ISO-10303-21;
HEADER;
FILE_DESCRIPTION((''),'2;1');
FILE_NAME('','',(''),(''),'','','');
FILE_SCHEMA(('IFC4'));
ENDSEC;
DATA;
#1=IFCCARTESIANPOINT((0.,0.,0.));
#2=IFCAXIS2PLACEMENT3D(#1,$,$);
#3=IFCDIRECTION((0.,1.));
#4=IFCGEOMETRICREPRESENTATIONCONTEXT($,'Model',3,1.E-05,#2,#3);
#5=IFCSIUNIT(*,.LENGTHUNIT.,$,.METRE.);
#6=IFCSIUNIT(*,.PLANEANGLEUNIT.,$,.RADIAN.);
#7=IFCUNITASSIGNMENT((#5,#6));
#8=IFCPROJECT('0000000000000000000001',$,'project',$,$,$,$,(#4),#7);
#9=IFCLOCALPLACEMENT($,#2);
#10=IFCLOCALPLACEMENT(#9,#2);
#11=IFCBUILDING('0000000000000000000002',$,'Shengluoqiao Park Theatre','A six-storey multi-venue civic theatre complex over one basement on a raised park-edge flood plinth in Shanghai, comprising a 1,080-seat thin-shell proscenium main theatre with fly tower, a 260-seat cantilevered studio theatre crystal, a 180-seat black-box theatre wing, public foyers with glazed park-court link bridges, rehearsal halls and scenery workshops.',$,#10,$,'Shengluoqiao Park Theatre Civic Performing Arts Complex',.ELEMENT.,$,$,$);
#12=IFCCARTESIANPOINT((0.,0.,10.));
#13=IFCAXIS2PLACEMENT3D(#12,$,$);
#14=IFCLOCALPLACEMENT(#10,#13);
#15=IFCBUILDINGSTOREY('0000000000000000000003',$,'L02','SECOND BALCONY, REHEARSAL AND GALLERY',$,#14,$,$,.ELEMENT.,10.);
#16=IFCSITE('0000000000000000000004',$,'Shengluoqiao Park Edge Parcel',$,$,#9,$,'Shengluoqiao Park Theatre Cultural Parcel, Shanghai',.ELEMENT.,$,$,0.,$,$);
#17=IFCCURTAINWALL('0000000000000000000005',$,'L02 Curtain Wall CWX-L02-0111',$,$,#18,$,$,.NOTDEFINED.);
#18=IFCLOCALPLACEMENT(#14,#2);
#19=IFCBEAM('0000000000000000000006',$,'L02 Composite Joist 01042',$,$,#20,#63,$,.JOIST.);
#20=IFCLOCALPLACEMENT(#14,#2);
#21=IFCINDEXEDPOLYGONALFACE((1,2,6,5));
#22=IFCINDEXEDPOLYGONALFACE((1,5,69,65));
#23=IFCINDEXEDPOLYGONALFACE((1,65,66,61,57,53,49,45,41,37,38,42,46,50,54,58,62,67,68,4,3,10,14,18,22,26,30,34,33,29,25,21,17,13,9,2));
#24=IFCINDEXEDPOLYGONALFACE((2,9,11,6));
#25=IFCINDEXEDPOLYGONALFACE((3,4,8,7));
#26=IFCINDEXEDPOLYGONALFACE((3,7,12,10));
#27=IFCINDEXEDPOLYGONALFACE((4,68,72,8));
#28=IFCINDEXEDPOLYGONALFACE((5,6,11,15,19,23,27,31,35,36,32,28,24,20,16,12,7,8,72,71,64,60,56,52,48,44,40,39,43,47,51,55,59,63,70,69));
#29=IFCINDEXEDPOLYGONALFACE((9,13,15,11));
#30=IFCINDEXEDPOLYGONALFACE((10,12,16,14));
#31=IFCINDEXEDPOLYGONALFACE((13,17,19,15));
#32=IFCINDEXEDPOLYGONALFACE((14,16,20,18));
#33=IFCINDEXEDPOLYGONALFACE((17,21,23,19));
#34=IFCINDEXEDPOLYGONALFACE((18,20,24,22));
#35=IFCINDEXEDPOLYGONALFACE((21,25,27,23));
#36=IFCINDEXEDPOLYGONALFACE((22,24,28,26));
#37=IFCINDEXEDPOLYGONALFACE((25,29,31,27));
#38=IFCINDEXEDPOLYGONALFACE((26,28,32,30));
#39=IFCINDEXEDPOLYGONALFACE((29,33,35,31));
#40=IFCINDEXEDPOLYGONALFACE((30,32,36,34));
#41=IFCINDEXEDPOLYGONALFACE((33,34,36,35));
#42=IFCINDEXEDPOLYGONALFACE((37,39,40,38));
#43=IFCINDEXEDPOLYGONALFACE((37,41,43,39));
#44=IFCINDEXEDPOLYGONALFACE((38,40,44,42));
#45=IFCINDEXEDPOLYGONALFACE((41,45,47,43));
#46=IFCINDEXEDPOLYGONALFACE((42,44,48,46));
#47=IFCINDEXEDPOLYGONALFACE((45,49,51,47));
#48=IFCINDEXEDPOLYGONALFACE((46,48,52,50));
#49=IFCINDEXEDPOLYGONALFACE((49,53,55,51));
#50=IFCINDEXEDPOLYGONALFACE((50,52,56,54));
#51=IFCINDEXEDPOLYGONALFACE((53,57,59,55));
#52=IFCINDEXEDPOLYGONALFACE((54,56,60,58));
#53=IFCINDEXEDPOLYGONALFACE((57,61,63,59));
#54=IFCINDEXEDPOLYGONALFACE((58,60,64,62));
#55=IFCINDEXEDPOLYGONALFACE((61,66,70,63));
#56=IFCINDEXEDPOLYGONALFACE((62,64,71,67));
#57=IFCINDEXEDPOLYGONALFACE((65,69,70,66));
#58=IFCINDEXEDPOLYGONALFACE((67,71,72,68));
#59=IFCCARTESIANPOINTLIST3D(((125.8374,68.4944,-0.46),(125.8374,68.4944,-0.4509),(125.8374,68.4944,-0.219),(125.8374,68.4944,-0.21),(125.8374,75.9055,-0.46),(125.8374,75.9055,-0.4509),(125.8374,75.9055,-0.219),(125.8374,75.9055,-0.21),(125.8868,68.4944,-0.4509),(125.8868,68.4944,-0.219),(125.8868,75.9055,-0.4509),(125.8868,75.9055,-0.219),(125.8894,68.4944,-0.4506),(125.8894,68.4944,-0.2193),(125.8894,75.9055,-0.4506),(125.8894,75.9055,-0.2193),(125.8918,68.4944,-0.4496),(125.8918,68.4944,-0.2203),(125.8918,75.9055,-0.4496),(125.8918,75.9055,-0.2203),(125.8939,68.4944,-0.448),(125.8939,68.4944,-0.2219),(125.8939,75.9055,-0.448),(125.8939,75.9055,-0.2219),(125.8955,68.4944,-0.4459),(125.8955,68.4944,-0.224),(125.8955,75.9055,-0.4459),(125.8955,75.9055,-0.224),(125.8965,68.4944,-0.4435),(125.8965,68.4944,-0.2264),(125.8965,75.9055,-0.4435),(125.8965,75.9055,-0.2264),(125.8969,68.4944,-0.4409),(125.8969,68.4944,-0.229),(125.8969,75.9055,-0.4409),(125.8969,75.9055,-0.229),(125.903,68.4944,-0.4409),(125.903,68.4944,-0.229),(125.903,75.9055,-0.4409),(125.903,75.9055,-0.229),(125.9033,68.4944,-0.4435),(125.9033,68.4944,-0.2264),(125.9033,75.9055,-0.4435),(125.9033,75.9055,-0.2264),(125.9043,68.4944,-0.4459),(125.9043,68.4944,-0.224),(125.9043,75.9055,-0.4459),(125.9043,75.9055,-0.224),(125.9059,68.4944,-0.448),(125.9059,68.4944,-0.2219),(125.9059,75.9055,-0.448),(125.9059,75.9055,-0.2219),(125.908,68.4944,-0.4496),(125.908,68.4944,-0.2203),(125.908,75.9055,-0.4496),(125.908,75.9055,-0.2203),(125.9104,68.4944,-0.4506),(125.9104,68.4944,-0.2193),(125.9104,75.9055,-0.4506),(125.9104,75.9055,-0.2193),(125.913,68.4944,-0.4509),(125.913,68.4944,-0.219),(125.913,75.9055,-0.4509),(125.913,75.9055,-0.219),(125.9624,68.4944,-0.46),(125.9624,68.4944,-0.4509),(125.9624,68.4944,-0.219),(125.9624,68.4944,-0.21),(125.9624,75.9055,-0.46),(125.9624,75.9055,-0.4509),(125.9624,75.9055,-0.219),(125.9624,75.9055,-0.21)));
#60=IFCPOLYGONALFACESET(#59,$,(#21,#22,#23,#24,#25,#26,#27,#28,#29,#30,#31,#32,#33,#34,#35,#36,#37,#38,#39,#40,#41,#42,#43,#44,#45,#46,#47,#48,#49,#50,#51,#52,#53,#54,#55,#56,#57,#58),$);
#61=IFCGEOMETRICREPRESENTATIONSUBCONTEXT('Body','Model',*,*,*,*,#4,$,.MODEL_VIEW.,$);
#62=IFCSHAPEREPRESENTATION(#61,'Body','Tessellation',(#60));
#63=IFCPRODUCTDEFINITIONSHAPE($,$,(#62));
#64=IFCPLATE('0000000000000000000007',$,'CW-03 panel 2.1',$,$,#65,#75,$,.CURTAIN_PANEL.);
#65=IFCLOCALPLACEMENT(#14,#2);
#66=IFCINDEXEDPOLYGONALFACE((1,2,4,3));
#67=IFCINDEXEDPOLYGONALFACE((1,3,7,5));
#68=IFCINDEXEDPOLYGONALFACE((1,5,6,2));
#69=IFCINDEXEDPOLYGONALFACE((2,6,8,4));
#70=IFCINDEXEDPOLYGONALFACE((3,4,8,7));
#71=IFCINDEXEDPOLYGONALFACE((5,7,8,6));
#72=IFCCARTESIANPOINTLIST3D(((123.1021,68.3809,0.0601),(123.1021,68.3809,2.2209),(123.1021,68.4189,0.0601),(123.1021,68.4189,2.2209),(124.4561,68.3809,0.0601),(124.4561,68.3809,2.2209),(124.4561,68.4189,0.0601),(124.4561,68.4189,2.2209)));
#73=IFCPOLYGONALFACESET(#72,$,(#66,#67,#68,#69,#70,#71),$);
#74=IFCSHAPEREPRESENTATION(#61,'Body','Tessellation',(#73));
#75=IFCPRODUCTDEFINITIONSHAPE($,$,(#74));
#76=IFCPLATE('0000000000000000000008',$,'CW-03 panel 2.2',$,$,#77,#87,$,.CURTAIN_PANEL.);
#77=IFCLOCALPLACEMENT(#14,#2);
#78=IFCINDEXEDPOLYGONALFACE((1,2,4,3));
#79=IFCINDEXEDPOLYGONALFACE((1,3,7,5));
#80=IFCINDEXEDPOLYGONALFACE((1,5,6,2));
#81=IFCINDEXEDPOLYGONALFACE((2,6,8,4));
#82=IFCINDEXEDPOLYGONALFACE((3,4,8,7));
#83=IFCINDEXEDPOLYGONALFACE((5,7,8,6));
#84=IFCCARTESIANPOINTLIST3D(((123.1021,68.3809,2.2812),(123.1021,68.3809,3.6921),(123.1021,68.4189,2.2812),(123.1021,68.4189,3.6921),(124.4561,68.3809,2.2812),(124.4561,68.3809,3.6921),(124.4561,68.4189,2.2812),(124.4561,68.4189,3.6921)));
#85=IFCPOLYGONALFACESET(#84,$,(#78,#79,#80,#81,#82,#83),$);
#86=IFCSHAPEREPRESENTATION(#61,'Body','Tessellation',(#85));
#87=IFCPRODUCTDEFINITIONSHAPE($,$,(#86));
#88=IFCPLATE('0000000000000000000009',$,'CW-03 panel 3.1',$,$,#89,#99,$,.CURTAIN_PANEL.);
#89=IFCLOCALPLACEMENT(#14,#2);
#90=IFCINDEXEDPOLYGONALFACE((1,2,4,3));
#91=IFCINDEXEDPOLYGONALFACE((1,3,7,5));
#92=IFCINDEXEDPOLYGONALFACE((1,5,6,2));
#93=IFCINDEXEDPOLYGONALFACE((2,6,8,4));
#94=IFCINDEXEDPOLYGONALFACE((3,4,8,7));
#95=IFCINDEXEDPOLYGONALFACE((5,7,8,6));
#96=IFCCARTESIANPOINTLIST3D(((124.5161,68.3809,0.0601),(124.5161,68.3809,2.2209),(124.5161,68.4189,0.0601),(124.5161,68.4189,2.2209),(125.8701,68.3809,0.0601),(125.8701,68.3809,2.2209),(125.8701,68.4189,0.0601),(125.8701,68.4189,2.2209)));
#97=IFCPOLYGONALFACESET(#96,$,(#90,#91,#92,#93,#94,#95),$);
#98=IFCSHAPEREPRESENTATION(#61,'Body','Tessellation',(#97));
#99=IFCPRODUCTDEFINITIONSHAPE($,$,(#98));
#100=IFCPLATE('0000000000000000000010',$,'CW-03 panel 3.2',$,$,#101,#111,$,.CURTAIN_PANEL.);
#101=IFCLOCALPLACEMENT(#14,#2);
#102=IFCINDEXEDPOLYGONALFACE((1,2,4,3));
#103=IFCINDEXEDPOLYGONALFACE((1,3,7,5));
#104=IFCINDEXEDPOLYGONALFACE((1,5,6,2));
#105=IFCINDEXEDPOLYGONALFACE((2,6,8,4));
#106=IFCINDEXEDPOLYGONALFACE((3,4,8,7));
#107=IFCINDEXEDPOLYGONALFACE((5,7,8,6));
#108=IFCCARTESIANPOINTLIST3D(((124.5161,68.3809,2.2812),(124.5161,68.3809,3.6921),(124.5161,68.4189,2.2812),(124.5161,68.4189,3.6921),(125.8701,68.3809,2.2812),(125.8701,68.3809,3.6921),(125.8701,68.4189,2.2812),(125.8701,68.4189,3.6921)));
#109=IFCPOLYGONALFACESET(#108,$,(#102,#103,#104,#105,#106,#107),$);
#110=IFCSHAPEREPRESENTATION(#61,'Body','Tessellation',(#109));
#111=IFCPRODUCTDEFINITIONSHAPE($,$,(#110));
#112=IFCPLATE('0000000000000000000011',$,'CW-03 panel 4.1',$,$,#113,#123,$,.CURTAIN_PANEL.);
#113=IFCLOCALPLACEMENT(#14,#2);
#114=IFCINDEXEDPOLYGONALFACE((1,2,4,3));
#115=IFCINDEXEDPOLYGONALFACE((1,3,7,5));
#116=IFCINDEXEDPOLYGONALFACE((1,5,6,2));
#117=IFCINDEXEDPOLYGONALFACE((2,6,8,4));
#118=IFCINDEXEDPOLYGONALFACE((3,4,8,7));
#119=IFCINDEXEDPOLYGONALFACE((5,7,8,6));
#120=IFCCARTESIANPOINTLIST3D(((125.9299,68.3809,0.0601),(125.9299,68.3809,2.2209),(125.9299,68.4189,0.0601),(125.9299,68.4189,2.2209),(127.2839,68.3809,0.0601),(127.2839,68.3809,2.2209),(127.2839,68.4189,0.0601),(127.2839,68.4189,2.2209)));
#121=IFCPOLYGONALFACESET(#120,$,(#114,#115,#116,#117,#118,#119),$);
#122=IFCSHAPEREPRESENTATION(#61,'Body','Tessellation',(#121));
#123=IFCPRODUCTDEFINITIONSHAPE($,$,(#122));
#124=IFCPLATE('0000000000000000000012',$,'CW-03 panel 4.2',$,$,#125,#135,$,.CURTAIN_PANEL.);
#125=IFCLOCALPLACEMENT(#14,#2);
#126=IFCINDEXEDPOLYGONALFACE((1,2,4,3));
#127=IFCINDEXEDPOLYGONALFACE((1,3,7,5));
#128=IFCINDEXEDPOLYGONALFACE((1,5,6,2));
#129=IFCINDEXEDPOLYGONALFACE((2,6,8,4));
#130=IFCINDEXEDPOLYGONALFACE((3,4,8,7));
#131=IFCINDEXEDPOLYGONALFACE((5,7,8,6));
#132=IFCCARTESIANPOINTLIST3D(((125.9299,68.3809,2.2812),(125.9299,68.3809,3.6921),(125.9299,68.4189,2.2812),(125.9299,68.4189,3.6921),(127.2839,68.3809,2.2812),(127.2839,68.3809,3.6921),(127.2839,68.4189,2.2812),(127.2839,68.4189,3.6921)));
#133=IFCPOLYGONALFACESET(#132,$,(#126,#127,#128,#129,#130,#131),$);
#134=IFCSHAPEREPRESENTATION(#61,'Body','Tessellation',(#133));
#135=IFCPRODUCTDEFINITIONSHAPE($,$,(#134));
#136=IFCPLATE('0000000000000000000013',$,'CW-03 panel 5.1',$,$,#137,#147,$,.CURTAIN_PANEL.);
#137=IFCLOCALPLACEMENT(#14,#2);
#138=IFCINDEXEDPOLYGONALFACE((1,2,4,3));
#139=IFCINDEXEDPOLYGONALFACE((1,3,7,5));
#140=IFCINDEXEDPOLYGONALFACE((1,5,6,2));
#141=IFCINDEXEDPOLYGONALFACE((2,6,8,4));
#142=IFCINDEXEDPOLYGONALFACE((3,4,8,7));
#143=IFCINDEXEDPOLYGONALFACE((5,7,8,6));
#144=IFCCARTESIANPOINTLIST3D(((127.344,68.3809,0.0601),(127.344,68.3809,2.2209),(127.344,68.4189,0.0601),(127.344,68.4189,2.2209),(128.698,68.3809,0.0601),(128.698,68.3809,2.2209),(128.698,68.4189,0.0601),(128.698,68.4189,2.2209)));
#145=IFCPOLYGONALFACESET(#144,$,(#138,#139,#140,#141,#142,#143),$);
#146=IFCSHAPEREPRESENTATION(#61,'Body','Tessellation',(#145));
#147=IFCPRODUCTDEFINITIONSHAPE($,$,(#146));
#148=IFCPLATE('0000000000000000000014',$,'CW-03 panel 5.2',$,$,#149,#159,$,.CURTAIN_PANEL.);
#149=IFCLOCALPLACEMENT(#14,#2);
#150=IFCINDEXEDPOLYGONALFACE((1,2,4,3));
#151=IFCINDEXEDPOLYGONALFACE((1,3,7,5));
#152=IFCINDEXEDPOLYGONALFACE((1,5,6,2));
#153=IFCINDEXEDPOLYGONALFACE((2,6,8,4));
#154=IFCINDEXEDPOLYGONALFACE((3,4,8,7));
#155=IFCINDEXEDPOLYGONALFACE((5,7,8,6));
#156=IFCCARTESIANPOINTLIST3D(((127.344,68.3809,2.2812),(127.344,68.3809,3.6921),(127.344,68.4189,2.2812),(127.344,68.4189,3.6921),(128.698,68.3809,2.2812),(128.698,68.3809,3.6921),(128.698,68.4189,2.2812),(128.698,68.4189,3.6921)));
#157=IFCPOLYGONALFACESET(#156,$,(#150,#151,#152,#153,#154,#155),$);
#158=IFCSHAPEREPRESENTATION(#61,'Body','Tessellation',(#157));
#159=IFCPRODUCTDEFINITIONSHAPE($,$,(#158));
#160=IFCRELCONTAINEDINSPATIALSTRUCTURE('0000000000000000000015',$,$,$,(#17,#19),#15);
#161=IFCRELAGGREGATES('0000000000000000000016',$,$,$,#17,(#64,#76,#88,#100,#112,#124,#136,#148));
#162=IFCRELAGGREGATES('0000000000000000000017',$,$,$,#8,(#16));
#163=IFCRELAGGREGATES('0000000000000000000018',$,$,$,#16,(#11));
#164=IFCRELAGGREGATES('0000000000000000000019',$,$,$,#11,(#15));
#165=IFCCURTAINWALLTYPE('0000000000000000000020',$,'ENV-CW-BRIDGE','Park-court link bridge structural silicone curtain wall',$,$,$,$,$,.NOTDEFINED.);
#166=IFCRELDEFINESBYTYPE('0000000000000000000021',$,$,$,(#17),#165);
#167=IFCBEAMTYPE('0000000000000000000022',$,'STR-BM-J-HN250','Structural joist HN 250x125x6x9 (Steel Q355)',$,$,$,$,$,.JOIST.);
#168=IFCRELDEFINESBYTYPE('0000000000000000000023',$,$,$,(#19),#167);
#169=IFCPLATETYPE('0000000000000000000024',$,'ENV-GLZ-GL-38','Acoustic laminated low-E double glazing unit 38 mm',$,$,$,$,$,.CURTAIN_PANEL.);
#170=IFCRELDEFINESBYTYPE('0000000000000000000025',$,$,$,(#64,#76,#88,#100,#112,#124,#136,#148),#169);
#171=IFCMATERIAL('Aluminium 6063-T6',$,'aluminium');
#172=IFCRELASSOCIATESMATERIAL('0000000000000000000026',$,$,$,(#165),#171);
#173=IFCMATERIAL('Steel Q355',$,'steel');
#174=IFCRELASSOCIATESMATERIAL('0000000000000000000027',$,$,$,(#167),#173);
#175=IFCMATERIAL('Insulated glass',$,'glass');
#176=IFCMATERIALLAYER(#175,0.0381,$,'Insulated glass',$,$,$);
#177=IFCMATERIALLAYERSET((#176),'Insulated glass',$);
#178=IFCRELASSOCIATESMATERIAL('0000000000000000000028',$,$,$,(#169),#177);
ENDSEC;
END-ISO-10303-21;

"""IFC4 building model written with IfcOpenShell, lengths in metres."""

from ifc_helpers import new_model, si_unit, direction, frame, origin, origin_2d, place, context, subcontext, project, spatial, rectangle, i_section, extrude, material, layer, layer_set, material_profile, profile_set, type_object, element, aggregate, save


model = new_model("IFC4")

# Units and contexts
model_context = context("Model", 3, precision=1e-05, world=origin(), true_north=direction((0.0, 1.0)))
body_context = subcontext(model_context, "Body", "Model", "MODEL_VIEW")
ifc_project = project(units=[si_unit("LENGTHUNIT", "METRE"), si_unit("PLANEANGLEUNIT", "RADIAN")], contexts=[model_context])

# Site, building, storey
site_placement = place(None, origin())
site = spatial("IfcSite", under=ifc_project, at=site_placement, Name="Shengluoqiao Park Edge Parcel", LongName="Shengluoqiao Park Theatre Cultural Parcel, Shanghai", CompositionType="ELEMENT", RefElevation=0.0)
building_placement = place(site_placement, origin())
building = spatial("IfcBuilding", under=site, at=building_placement, Name="Shengluoqiao Park Theatre", Description="A six-storey multi-venue civic theatre complex over one basement on a raised park-edge flood plinth in Shanghai, comprising a 1,080-seat thin-shell proscenium main theatre with fly tower, a 260-seat cantilevered studio theatre crystal, a 180-seat black-box theatre wing, public foyers with glazed park-court link bridges, rehearsal halls and scenery workshops.", LongName="Shengluoqiao Park Theatre Civic Performing Arts Complex", CompositionType="ELEMENT")
storey_placement = place(building_placement, frame((0.0, 0.0, 10.0)))
storey = spatial("IfcBuildingStorey", under=building, at=storey_placement, Name="L02", Description="SECOND BALCONY, REHEARSAL AND GALLERY", CompositionType="ELEMENT", Elevation=10.0)

# Curtain wall
ifc_material_1 = material(Name="Aluminium 6063-T6", Category="aluminium")
curtain_wall_type = type_object("IfcCurtainWallType", Name="ENV-CW-BRIDGE", Description="Park-court link bridge structural silicone curtain wall", PredefinedType="NOTDEFINED", material=ifc_material_1)
curtain_wall_placement = place(storey_placement, origin())
curtain_wall = element("IfcCurtainWall", 1, at=curtain_wall_placement, inside=storey, type_object=curtain_wall_type, Name="L02 Curtain Wall CWX-L02-0111", PredefinedType="NOTDEFINED")

# Beam
ifc_material_2 = material(Name="Steel Q355", Category="steel")
ifc_material_profile_1 = material_profile(ifc_material_2, i_section(OverallWidth=0.125, OverallDepth=0.25, WebThickness=0.0061, FlangeThickness=0.009, FilletRadius=0.01, at=origin_2d()), Name="HN 250x125x6x9")
ifc_profile_set_1 = profile_set([ifc_material_profile_1], Name="Steel Q355")
beam_type = type_object("IfcBeamType", Name="STR-BM-J-HN250", Description="Structural joist HN 250x125x6x9 (Steel Q355)", PredefinedType="JOIST", material=ifc_profile_set_1)
for number, where, z_axis, x_axis, name in (
    (2, (125.8999, 68.4944, -0.335), (0.0, 1.0, 0.0), (-1.0, 0.0, 0.0), "L02 Composite Joist 01042"),
):
    element("IfcBeam", number, at=place(storey_placement, frame(where, z_axis=z_axis, x_axis=x_axis)), inside=storey, type_object=beam_type, Name=name, PredefinedType="JOIST", context=body_context, shape_type="SweptSolid", body=[
        extrude(i_section(OverallWidth=0.125, OverallDepth=0.25, WebThickness=0.0061, FlangeThickness=0.009, FilletRadius=0.01, at=origin_2d()), origin(), (0.0, 0.0, 1.0), 7.4111),
    ])

# Plates
ifc_material_3 = material(Name="Insulated glass", Category="glass")
ifc_layer = layer(ifc_material_3, 0.0381, Name="Insulated glass")
ifc_layer_set = layer_set([ifc_layer], Name="Insulated glass")
plate_type = type_object("IfcPlateType", Name="ENV-GLZ-GL-38", Description="Acoustic laminated low-E double glazing unit 38 mm", PredefinedType="CURTAIN_PANEL", material=ifc_layer_set)
plate_1_placement = place(storey_placement, frame((123.7791, 68.3999, 0.0601), z_axis=(0.0, 0.0, 1.0), x_axis=(1.0, 0.0, 0.0)))
plate_1 = element("IfcPlate", 3, at=plate_1_placement, type_object=plate_type, Name="CW-03 panel 2.1", PredefinedType="CURTAIN_PANEL", context=body_context, shape_type="SweptSolid", body=[
    extrude(rectangle(XDim=1.354, YDim=0.0381, at=origin_2d()), origin(), (0.0, 0.0, 1.0), 2.1609),
])
plate_2_placement = place(storey_placement, frame((123.7791, 68.3999, 2.2812), z_axis=(0.0, 0.0, 1.0), x_axis=(1.0, 0.0, 0.0)))
plate_2 = element("IfcPlate", 4, at=plate_2_placement, type_object=plate_type, Name="CW-03 panel 2.2", PredefinedType="CURTAIN_PANEL", context=body_context, shape_type="SweptSolid", body=[
    extrude(rectangle(XDim=1.354, YDim=0.0381, at=origin_2d()), origin(), (0.0, 0.0, 1.0), 1.4109),
])
plate_3_placement = place(storey_placement, frame((125.1931, 68.3999, 0.0601), z_axis=(0.0, 0.0, 1.0), x_axis=(1.0, 0.0, 0.0)))
plate_3 = element("IfcPlate", 5, at=plate_3_placement, type_object=plate_type, Name="CW-03 panel 3.1", PredefinedType="CURTAIN_PANEL", context=body_context, shape_type="SweptSolid", body=[
    extrude(rectangle(XDim=1.354, YDim=0.0381, at=origin_2d()), origin(), (0.0, 0.0, 1.0), 2.1609),
])
plate_4_placement = place(storey_placement, frame((125.1931, 68.3999, 2.2812), z_axis=(0.0, 0.0, 1.0), x_axis=(1.0, 0.0, 0.0)))
plate_4 = element("IfcPlate", 6, at=plate_4_placement, type_object=plate_type, Name="CW-03 panel 3.2", PredefinedType="CURTAIN_PANEL", context=body_context, shape_type="SweptSolid", body=[
    extrude(rectangle(XDim=1.354, YDim=0.0381, at=origin_2d()), origin(), (0.0, 0.0, 1.0), 1.4109),
])
plate_5_placement = place(storey_placement, frame((126.6069, 68.3999, 0.0601), z_axis=(0.0, 0.0, 1.0), x_axis=(1.0, 0.0, 0.0)))
plate_5 = element("IfcPlate", 7, at=plate_5_placement, type_object=plate_type, Name="CW-03 panel 4.1", PredefinedType="CURTAIN_PANEL", context=body_context, shape_type="SweptSolid", body=[
    extrude(rectangle(XDim=1.354, YDim=0.0381, at=origin_2d()), origin(), (0.0, 0.0, 1.0), 2.1609),
])
plate_6_placement = place(storey_placement, frame((126.6069, 68.3999, 2.2812), z_axis=(0.0, 0.0, 1.0), x_axis=(1.0, 0.0, 0.0)))
plate_6 = element("IfcPlate", 8, at=plate_6_placement, type_object=plate_type, Name="CW-03 panel 4.2", PredefinedType="CURTAIN_PANEL", context=body_context, shape_type="SweptSolid", body=[
    extrude(rectangle(XDim=1.354, YDim=0.0381, at=origin_2d()), origin(), (0.0, 0.0, 1.0), 1.4109),
])
plate_7_placement = place(storey_placement, frame((128.021, 68.3999, 0.0601), z_axis=(0.0, 0.0, 1.0), x_axis=(1.0, 0.0, 0.0)))
plate_7 = element("IfcPlate", 9, at=plate_7_placement, type_object=plate_type, Name="CW-03 panel 5.1", PredefinedType="CURTAIN_PANEL", context=body_context, shape_type="SweptSolid", body=[
    extrude(rectangle(XDim=1.354, YDim=0.0381, at=origin_2d()), origin(), (0.0, 0.0, 1.0), 2.1609),
])
plate_8_placement = place(storey_placement, frame((128.021, 68.3999, 2.2812), z_axis=(0.0, 0.0, 1.0), x_axis=(1.0, 0.0, 0.0)))
plate_8 = element("IfcPlate", 10, at=plate_8_placement, type_object=plate_type, Name="CW-03 panel 5.2", PredefinedType="CURTAIN_PANEL", context=body_context, shape_type="SweptSolid", body=[
    extrude(rectangle(XDim=1.354, YDim=0.0381, at=origin_2d()), origin(), (0.0, 0.0, 1.0), 1.4109),
])
aggregate(curtain_wall, [plate_1, plate_2, plate_3, plate_4, plate_5, plate_6, plate_7, plate_8])

save(model, "model.ifc")
